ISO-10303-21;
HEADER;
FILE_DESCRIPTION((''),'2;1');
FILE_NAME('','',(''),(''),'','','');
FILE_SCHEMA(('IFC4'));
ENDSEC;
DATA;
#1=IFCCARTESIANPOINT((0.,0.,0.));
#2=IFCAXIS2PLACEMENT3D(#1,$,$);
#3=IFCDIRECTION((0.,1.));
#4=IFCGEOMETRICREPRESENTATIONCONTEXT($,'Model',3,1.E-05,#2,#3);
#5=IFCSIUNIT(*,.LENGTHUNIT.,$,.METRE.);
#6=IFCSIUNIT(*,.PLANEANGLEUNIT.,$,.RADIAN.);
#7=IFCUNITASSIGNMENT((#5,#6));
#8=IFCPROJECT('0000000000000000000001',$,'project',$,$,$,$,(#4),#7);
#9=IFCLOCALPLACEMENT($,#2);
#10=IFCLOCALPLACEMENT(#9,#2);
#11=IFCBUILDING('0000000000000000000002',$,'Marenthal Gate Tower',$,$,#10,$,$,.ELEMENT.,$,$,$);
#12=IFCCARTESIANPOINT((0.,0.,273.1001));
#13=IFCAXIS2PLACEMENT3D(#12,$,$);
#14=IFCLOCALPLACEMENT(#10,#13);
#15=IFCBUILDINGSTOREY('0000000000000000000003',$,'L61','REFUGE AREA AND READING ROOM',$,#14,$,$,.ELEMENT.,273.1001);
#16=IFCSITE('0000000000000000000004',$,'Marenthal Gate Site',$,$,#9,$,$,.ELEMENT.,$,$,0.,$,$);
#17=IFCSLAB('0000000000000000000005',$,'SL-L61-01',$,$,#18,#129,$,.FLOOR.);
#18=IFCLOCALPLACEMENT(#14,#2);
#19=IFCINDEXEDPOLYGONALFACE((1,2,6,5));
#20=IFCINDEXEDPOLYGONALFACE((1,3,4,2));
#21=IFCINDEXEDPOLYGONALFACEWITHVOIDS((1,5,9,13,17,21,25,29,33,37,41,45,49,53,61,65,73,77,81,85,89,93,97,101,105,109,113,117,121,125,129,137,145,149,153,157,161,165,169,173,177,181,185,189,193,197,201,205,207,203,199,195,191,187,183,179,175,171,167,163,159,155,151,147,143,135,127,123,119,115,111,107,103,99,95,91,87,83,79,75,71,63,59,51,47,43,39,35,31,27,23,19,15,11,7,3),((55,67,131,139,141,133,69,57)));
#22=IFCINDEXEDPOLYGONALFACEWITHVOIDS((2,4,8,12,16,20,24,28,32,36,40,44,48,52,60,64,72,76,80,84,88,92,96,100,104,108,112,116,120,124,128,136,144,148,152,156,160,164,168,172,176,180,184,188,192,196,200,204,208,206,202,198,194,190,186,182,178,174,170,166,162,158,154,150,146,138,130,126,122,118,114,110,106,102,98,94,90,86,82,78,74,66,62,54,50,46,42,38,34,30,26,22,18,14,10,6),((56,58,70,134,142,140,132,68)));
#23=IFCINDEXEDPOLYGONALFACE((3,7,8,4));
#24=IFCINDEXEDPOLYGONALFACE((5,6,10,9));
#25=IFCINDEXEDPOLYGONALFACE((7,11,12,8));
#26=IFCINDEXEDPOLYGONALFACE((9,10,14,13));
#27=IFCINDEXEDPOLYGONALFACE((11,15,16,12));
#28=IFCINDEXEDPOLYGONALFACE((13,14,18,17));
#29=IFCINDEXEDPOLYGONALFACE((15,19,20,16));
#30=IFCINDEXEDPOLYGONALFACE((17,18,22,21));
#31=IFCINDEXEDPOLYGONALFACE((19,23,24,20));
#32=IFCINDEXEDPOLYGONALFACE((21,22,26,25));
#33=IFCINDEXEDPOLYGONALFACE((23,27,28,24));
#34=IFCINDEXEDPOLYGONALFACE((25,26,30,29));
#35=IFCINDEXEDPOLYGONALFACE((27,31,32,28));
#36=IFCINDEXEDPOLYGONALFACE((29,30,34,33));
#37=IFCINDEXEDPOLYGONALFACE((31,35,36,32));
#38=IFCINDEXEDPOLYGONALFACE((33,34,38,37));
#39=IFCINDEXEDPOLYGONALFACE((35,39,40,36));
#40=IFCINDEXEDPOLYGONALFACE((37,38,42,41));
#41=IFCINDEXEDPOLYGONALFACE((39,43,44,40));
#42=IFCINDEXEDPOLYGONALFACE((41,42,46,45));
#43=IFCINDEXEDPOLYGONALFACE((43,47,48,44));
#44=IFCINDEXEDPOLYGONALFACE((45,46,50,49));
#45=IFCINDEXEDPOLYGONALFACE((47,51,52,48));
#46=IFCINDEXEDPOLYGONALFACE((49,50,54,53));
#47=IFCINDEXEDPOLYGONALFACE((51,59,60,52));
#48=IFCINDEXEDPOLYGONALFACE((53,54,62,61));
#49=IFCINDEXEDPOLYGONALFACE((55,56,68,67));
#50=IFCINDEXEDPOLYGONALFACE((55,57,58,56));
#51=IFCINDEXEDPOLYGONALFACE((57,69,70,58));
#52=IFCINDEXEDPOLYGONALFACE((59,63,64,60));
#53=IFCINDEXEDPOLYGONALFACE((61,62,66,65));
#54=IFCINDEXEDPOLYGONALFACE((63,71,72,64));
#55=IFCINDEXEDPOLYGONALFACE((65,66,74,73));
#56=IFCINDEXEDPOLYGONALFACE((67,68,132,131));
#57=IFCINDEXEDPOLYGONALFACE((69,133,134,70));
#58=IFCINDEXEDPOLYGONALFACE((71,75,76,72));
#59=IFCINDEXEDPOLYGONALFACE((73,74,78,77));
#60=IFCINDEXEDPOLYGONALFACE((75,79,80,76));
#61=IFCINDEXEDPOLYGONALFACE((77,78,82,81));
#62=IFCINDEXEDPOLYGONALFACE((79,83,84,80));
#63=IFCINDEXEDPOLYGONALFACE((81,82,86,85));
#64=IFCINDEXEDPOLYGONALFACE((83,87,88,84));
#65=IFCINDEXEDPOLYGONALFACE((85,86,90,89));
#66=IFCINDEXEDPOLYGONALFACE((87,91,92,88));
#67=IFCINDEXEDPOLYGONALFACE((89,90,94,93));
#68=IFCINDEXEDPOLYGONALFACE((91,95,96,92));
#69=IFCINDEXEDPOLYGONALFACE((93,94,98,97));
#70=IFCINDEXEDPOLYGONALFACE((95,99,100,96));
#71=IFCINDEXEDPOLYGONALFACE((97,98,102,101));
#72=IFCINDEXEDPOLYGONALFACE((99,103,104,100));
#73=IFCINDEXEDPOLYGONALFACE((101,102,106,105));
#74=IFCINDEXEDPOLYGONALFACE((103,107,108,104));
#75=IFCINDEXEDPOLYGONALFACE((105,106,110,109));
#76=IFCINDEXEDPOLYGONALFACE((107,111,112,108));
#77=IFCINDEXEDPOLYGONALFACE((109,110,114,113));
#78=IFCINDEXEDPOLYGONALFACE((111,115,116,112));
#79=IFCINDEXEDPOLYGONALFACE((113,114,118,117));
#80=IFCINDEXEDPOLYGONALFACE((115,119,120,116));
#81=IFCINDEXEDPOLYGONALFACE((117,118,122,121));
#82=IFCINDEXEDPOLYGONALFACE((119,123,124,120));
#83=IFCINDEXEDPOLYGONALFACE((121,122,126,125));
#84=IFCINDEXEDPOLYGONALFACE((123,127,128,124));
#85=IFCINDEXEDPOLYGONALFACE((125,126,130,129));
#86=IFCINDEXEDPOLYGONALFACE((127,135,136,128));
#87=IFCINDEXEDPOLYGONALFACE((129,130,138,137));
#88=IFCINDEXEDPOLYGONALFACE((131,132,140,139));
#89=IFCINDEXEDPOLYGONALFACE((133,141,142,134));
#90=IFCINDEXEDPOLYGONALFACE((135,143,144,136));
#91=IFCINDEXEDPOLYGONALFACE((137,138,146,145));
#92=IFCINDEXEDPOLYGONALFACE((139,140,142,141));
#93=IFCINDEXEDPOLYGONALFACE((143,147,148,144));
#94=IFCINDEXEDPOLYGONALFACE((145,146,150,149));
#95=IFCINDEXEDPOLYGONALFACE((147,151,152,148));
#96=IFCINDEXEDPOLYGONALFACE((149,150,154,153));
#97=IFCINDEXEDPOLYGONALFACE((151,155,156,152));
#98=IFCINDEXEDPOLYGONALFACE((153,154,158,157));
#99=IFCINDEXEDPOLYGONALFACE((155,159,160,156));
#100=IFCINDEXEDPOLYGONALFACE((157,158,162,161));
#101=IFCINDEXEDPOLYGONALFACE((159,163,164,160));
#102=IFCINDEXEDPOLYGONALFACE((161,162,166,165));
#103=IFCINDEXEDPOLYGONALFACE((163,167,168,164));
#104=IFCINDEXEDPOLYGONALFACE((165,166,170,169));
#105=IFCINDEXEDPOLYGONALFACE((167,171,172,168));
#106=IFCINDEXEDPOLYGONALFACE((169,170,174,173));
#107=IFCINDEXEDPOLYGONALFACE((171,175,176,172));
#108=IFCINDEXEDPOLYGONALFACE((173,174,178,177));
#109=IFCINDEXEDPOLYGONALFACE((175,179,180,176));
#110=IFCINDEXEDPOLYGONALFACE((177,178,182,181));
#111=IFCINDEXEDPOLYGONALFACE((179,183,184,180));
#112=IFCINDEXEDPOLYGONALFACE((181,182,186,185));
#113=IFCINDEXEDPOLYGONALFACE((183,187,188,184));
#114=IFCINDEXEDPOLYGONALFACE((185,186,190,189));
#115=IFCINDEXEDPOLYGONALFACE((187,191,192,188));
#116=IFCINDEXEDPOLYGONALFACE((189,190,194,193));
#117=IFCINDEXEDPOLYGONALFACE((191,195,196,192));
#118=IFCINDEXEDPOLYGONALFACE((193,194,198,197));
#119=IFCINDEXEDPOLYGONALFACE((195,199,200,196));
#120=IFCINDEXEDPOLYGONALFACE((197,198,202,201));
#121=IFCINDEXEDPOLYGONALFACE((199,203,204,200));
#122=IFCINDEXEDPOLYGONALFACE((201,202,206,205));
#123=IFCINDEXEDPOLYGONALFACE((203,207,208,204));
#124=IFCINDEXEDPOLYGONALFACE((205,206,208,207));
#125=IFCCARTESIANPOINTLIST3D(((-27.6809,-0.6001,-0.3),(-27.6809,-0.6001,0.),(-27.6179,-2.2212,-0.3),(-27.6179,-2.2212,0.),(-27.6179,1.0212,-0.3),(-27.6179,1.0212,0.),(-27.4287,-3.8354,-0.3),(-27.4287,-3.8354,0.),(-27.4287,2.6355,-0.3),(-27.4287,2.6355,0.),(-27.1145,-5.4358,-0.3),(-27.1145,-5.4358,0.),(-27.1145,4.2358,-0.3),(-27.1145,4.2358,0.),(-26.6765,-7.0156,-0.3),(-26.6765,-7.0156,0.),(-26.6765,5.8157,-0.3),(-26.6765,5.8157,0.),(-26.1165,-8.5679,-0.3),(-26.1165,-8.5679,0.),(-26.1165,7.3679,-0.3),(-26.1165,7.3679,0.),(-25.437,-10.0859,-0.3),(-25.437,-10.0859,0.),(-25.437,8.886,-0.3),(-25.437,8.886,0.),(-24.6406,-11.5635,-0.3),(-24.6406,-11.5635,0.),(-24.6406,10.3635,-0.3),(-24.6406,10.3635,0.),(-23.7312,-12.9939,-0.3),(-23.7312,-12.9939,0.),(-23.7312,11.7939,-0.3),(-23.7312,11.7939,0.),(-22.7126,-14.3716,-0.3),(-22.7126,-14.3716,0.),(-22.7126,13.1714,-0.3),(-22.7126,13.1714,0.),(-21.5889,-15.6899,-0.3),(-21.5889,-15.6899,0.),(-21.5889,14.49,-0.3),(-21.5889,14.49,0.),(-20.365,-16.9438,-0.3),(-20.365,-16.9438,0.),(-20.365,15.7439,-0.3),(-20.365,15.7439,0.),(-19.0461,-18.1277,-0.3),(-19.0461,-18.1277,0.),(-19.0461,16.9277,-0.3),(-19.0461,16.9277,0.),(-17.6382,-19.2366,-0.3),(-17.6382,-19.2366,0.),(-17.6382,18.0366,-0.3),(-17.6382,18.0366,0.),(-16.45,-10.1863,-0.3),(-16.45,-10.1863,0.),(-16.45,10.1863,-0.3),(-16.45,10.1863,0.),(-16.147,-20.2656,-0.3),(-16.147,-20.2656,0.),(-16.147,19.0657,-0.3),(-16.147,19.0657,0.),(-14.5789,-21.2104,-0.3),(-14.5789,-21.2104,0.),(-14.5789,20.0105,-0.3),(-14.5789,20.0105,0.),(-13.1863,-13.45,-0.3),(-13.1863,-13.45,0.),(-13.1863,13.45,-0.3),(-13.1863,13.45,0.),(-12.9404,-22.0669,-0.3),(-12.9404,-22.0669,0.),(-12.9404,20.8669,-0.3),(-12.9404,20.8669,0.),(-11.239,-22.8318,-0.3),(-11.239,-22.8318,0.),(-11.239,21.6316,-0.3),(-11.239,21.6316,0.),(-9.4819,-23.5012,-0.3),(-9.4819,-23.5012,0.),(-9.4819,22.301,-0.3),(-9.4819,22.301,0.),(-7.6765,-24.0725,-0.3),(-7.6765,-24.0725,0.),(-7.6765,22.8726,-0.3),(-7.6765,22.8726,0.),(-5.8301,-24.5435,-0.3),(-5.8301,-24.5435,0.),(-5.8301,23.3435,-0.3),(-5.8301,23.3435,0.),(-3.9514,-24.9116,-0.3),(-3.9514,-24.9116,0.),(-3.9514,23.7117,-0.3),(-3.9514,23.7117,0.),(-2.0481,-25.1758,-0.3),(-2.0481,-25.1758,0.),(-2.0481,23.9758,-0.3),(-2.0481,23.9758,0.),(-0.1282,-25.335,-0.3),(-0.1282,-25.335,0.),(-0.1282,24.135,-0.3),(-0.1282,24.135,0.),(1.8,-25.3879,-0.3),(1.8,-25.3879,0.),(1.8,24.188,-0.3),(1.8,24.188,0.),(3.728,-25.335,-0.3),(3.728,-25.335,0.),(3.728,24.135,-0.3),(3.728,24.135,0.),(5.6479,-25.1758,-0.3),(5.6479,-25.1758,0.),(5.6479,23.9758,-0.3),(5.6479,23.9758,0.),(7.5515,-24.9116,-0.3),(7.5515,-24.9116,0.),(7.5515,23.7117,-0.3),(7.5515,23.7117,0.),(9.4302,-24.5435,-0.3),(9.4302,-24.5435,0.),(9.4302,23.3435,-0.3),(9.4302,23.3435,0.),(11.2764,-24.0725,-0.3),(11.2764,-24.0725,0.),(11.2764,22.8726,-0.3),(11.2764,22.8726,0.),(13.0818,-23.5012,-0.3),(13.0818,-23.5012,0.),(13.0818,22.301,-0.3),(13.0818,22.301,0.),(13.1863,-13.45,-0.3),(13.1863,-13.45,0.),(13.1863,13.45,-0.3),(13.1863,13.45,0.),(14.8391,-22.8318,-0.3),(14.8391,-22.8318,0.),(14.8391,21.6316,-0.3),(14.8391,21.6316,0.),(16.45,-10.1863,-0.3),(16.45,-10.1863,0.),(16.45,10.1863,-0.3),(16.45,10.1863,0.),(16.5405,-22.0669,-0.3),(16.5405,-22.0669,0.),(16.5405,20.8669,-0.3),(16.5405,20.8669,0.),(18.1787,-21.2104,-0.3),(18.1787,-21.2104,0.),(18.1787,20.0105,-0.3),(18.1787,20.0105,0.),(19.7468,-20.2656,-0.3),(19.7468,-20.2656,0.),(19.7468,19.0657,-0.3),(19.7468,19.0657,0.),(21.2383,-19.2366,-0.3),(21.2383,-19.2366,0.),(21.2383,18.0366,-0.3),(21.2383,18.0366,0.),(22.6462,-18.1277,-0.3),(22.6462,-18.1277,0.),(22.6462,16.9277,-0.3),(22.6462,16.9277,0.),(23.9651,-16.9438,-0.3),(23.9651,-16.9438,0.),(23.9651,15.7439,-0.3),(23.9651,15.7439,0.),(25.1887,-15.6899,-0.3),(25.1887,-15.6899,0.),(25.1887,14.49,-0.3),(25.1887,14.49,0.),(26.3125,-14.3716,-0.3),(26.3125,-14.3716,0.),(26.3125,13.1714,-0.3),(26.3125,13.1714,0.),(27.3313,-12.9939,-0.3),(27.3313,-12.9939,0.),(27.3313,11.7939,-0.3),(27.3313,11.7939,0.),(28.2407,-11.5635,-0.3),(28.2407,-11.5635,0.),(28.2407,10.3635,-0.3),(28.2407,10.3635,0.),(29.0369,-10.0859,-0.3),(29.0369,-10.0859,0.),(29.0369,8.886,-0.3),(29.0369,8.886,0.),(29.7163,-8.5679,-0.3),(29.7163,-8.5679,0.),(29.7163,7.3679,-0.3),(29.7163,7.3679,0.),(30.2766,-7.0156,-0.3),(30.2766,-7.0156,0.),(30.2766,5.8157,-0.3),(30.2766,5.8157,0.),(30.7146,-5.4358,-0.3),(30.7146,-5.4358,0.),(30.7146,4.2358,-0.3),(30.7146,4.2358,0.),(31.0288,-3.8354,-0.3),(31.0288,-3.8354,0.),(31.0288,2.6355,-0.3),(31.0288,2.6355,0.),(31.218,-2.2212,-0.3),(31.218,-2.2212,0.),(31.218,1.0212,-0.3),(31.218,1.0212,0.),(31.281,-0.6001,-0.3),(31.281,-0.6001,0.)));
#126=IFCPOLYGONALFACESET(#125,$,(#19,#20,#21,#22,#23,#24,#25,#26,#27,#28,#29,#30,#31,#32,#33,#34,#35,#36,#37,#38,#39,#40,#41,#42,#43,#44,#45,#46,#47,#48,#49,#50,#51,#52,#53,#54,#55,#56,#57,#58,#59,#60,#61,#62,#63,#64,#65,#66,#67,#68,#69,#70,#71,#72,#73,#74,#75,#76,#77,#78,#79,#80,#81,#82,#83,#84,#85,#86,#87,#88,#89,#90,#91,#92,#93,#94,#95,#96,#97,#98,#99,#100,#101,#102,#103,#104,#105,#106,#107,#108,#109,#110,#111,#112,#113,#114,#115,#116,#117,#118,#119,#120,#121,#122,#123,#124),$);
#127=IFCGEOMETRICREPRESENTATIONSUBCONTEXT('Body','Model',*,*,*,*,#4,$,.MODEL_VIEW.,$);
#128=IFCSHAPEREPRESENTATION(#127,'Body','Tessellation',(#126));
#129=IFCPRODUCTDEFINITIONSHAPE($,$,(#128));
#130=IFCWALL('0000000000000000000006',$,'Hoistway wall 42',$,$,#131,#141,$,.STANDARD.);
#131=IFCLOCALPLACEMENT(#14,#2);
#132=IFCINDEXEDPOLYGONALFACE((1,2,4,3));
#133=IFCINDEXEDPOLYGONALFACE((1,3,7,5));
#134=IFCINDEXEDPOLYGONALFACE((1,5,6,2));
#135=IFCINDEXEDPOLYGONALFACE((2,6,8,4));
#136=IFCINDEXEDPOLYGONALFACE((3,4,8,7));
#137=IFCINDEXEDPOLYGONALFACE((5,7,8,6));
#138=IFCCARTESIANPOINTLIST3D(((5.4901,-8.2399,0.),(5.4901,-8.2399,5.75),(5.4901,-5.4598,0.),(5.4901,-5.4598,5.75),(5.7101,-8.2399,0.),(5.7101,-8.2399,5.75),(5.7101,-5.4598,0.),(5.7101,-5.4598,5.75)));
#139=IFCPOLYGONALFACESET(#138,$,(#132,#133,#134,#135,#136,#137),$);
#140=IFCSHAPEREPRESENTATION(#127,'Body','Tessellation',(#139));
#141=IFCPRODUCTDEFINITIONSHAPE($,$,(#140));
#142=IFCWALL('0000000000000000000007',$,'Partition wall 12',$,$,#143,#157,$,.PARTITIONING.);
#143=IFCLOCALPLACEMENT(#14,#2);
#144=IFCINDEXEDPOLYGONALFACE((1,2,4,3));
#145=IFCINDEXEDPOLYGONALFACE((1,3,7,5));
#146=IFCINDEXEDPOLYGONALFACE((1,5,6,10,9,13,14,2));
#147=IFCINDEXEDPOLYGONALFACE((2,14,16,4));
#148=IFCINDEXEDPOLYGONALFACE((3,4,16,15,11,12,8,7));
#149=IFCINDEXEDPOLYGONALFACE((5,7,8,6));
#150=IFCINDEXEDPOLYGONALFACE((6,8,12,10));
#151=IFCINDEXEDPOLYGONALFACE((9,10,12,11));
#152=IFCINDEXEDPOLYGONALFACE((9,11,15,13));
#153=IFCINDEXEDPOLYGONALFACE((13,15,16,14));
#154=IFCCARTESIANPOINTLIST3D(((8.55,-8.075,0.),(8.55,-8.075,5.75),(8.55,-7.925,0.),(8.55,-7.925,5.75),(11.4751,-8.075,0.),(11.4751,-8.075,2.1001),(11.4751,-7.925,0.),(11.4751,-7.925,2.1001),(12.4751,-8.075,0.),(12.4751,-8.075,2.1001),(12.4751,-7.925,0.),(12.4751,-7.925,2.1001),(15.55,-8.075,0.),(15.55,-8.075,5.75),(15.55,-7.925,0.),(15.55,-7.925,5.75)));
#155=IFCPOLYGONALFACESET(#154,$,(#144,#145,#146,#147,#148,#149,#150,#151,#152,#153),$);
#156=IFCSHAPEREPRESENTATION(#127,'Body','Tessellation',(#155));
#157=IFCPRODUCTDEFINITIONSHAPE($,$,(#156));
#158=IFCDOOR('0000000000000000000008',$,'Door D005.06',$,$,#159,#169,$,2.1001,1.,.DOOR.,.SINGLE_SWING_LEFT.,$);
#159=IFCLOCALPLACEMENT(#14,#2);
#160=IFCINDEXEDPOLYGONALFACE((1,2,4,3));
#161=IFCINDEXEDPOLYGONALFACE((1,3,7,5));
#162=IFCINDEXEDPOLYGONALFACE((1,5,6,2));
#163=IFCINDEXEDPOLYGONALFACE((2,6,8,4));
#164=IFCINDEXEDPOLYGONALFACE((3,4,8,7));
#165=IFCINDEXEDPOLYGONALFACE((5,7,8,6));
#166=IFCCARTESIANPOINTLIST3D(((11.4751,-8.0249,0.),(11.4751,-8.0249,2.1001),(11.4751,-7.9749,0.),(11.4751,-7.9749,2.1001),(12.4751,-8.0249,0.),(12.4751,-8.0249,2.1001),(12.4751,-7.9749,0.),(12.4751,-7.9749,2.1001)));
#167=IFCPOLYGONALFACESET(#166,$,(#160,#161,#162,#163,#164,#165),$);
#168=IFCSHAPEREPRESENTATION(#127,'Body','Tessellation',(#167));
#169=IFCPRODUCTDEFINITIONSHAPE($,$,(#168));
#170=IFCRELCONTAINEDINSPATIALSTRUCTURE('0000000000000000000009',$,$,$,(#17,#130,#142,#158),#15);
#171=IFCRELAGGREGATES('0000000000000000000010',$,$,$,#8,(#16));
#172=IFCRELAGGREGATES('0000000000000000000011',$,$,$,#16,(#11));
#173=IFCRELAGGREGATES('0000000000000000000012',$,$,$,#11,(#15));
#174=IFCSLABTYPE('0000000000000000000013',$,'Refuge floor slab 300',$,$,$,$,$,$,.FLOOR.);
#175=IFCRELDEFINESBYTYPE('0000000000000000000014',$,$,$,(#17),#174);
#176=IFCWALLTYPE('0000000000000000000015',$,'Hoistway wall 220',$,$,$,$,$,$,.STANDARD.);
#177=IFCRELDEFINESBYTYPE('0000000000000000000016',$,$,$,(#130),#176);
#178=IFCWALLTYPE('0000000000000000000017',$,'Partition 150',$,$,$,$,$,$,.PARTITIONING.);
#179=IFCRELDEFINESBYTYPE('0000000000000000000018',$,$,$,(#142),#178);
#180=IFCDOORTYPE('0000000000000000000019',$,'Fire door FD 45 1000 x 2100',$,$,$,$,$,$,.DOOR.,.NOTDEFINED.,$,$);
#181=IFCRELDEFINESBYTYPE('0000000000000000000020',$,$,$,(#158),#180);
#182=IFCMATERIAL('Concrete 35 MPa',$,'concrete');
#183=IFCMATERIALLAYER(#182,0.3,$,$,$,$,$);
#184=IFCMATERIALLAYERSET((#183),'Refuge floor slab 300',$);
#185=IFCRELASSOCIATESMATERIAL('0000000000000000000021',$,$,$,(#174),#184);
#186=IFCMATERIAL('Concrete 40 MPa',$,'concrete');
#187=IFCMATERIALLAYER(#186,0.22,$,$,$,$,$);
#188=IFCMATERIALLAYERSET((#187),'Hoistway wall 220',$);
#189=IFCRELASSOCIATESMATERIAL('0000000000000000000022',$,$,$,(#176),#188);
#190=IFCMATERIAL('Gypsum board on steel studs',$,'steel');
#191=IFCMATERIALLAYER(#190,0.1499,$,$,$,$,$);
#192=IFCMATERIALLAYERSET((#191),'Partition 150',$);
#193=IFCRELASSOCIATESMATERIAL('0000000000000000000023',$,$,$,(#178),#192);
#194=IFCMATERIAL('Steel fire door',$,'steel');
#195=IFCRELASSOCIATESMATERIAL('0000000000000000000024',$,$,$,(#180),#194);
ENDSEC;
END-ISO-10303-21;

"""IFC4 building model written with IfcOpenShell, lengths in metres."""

from ifc_helpers import new_model, si_unit, direction, frame, frame_2d, origin, place, context, subcontext, project, spatial, polyline, rectangle, outline, extrude, material, layer, layer_set, type_object, element, fill, save


model = new_model("IFC4")

# Units and contexts
model_context = context("Model", 3, precision=1e-05, world=origin(), true_north=direction((0.0, 1.0)))
body_context = subcontext(model_context, "Body", "Model", "MODEL_VIEW")
ifc_project = project(units=[si_unit("LENGTHUNIT", "METRE"), si_unit("PLANEANGLEUNIT", "RADIAN")], contexts=[model_context])

# Site, building, storey
site_placement = place(None, origin())
site = spatial("IfcSite", under=ifc_project, at=site_placement, Name="Marenthal Gate Site", CompositionType="ELEMENT", RefElevation=0.0)
building_placement = place(site_placement, origin())
building = spatial("IfcBuilding", under=site, at=building_placement, Name="Marenthal Gate Tower", CompositionType="ELEMENT")
storey_placement = place(building_placement, frame((0.0, 0.0, 273.1001)))
storey = spatial("IfcBuildingStorey", under=building, at=storey_placement, Name="L61", Description="REFUGE AREA AND READING ROOM", CompositionType="ELEMENT", Elevation=273.1001)

# Slab
ifc_material_1 = material(Name="Concrete 35 MPa", Category="concrete")
ifc_layer_1 = layer(ifc_material_1, 0.3)
ifc_layer_set_1 = layer_set([ifc_layer_1], Name="Refuge floor slab 300")
slab_type_1 = type_object("IfcSlabType", Name="Refuge floor slab 300", PredefinedType="FLOOR", material=ifc_layer_set_1)
slab_1_placement = place(storey_placement, frame((0.0, 0.0, -0.3)))
element("IfcSlab", 1, at=slab_1_placement, inside=storey, type_object=slab_type_1, Name="SL-L61-01", PredefinedType="FLOOR", context=body_context, shape_type="SweptSolid", body=[
    extrude(outline(polyline([(31.281, -0.6001), (31.218, 1.0212), (31.0288, 2.6355), (30.7146, 4.2358), (30.2766, 5.8157), (29.7163, 7.3679), (29.0369, 8.886), (28.2407, 10.3635), (27.3313, 11.7939), (26.3125, 13.1714), (25.1887, 14.49), (23.9651, 15.7439), (22.6462, 16.9277), (21.2383, 18.0366), (19.7468, 19.0657), (18.1787, 20.0105), (16.5405, 20.8669), (14.8391, 21.6316), (13.0818, 22.301), (11.2764, 22.8726), (9.4302, 23.3435), (7.5515, 23.7117), (5.6479, 23.9758), (3.728, 24.135), (1.8, 24.188), (-0.1282, 24.135), (-2.0481, 23.9758), (-3.9514, 23.7117), (-5.8301, 23.3435), (-7.6765, 22.8726), (-9.4819, 22.301), (-11.239, 21.6316), (-12.9404, 20.8669), (-14.5789, 20.0105), (-16.147, 19.0657), (-17.6382, 18.0366), (-19.0461, 16.9277), (-20.365, 15.7439), (-21.5889, 14.49), (-22.7126, 13.1714), (-23.7312, 11.7939), (-24.6406, 10.3635), (-25.437, 8.886), (-26.1165, 7.3679), (-26.6765, 5.8157), (-27.1145, 4.2358), (-27.4287, 2.6355), (-27.6179, 1.0212), (-27.6809, -0.6001), (-27.6179, -2.2212), (-27.4287, -3.8354), (-27.1145, -5.4358), (-26.6765, -7.0156), (-26.1165, -8.5679), (-25.437, -10.0859), (-24.6406, -11.5635), (-23.7312, -12.9939), (-22.7126, -14.3716), (-21.5889, -15.6899), (-20.365, -16.9438), (-19.0461, -18.1277), (-17.6382, -19.2366), (-16.147, -20.2656), (-14.5789, -21.2104), (-12.9404, -22.0669), (-11.239, -22.8318), (-9.4819, -23.5012), (-7.6765, -24.0725), (-5.8301, -24.5435), (-3.9514, -24.9116), (-2.0481, -25.1758), (-0.1282, -25.335), (1.8, -25.3879), (3.728, -25.335), (5.6479, -25.1758), (7.5515, -24.9116), (9.4302, -24.5435), (11.2764, -24.0725), (13.0818, -23.5012), (14.8391, -22.8318), (16.5405, -22.0669), (18.1787, -21.2104), (19.7468, -20.2656), (21.2383, -19.2366), (22.6462, -18.1277), (23.9651, -16.9438), (25.1887, -15.6899), (26.3125, -14.3716), (27.3313, -12.9939), (28.2407, -11.5635), (29.0369, -10.0859), (29.7163, -8.5679), (30.2766, -7.0156), (30.7146, -5.4358), (31.0288, -3.8354), (31.218, -2.2212), (31.281, -0.6001)]), holes=[polyline([(13.1863, -13.45), (16.45, -10.1863), (16.45, 10.1863), (13.1863, 13.45), (-13.1863, 13.45), (-16.45, 10.1863), (-16.45, -10.1863), (-13.1863, -13.45), (13.1863, -13.45)])]), origin(), (0.0, 0.0, 1.0), 0.3),
])

# Wall
ifc_material_2 = material(Name="Concrete 40 MPa", Category="concrete")
ifc_layer_2 = layer(ifc_material_2, 0.22)
ifc_layer_set_2 = layer_set([ifc_layer_2], Name="Hoistway wall 220")
wall_type_1 = type_object("IfcWallType", Name="Hoistway wall 220", PredefinedType="STANDARD", material=ifc_layer_set_2)
wall_1_placement = place(storey_placement, frame((5.6001, -8.24, 0.0), z_axis=(0.0, 0.0, 1.0), x_axis=(0.0, 1.0, 0.0)))
element("IfcWall", 2, at=wall_1_placement, inside=storey, type_object=wall_type_1, Name="Hoistway wall 42", PredefinedType="STANDARD", context=body_context, shape_type="SweptSolid", body=[
    extrude(rectangle(XDim=2.78, YDim=0.22, at=frame_2d((1.3901, 0.0))), origin(), (0.0, 0.0, 1.0), 5.75),
])

# Wall, opening, door
ifc_material_3 = material(Name="Gypsum board on steel studs", Category="steel")
ifc_layer_3 = layer(ifc_material_3, 0.1499)
ifc_layer_set_3 = layer_set([ifc_layer_3], Name="Partition 150")
wall_type_2 = type_object("IfcWallType", Name="Partition 150", PredefinedType="PARTITIONING", material=ifc_layer_set_3)
wall_2_placement = place(storey_placement, frame((8.55, -8.0, 0.0), z_axis=(0.0, 0.0, 1.0), x_axis=(1.0, 0.0, 0.0)))
wall_2 = element("IfcWall", 3, at=wall_2_placement, inside=storey, type_object=wall_type_2, Name="Partition wall 12", PredefinedType="PARTITIONING", context=body_context, shape_type="SweptSolid", body=[
    extrude(rectangle(XDim=7.0, YDim=0.1499, at=frame_2d((3.5, 0.0))), origin(), (0.0, 0.0, 1.0), 5.75),
])
opening_1_placement = place(wall_2_placement, frame((2.925, 0.0, 0.0)))
opening_1 = element("IfcOpeningElement", 4, at=opening_1_placement, cuts=wall_2, PredefinedType="OPENING", context=body_context, shape_type="SweptSolid", body=[
    extrude(rectangle(XDim=1.0, YDim=2.1001, at=frame_2d((0.5, 1.05))), frame((0.0, 0.085, 0.0), z_axis=(0.0, -1.0, 0.0), x_axis=(1.0, 0.0, 0.0)), (0.0, 0.0, 1.0), 0.1699),
])
ifc_material_4 = material(Name="Steel fire door", Category="steel")
door_type = type_object("IfcDoorType", Name="Fire door FD 45 1000 x 2100", OperationType="NOTDEFINED", PredefinedType="DOOR", material=ifc_material_4)
door_1_placement = place(opening_1_placement, frame((1.0, 0.0, 0.0), z_axis=(0.0, 0.0, 1.0), x_axis=(-1.0, 0.0, 0.0)))
door_1 = element("IfcDoor", 5, at=door_1_placement, inside=storey, type_object=door_type, Name="Door D005.06", OperationType="SINGLE_SWING_LEFT", OverallHeight=2.1001, OverallWidth=1.0, PredefinedType="DOOR", context=body_context, shape_type="SweptSolid", body=[
    extrude(rectangle(XDim=1.0, YDim=2.1001, at=frame_2d((0.5, 1.05))), frame((0.0, 0.0249, 0.0), z_axis=(0.0, -1.0, 0.0), x_axis=(1.0, 0.0, 0.0)), (0.0, 0.0, 1.0), 0.05),
])
fill(opening_1, door_1)

save(model, "model.ifc")
